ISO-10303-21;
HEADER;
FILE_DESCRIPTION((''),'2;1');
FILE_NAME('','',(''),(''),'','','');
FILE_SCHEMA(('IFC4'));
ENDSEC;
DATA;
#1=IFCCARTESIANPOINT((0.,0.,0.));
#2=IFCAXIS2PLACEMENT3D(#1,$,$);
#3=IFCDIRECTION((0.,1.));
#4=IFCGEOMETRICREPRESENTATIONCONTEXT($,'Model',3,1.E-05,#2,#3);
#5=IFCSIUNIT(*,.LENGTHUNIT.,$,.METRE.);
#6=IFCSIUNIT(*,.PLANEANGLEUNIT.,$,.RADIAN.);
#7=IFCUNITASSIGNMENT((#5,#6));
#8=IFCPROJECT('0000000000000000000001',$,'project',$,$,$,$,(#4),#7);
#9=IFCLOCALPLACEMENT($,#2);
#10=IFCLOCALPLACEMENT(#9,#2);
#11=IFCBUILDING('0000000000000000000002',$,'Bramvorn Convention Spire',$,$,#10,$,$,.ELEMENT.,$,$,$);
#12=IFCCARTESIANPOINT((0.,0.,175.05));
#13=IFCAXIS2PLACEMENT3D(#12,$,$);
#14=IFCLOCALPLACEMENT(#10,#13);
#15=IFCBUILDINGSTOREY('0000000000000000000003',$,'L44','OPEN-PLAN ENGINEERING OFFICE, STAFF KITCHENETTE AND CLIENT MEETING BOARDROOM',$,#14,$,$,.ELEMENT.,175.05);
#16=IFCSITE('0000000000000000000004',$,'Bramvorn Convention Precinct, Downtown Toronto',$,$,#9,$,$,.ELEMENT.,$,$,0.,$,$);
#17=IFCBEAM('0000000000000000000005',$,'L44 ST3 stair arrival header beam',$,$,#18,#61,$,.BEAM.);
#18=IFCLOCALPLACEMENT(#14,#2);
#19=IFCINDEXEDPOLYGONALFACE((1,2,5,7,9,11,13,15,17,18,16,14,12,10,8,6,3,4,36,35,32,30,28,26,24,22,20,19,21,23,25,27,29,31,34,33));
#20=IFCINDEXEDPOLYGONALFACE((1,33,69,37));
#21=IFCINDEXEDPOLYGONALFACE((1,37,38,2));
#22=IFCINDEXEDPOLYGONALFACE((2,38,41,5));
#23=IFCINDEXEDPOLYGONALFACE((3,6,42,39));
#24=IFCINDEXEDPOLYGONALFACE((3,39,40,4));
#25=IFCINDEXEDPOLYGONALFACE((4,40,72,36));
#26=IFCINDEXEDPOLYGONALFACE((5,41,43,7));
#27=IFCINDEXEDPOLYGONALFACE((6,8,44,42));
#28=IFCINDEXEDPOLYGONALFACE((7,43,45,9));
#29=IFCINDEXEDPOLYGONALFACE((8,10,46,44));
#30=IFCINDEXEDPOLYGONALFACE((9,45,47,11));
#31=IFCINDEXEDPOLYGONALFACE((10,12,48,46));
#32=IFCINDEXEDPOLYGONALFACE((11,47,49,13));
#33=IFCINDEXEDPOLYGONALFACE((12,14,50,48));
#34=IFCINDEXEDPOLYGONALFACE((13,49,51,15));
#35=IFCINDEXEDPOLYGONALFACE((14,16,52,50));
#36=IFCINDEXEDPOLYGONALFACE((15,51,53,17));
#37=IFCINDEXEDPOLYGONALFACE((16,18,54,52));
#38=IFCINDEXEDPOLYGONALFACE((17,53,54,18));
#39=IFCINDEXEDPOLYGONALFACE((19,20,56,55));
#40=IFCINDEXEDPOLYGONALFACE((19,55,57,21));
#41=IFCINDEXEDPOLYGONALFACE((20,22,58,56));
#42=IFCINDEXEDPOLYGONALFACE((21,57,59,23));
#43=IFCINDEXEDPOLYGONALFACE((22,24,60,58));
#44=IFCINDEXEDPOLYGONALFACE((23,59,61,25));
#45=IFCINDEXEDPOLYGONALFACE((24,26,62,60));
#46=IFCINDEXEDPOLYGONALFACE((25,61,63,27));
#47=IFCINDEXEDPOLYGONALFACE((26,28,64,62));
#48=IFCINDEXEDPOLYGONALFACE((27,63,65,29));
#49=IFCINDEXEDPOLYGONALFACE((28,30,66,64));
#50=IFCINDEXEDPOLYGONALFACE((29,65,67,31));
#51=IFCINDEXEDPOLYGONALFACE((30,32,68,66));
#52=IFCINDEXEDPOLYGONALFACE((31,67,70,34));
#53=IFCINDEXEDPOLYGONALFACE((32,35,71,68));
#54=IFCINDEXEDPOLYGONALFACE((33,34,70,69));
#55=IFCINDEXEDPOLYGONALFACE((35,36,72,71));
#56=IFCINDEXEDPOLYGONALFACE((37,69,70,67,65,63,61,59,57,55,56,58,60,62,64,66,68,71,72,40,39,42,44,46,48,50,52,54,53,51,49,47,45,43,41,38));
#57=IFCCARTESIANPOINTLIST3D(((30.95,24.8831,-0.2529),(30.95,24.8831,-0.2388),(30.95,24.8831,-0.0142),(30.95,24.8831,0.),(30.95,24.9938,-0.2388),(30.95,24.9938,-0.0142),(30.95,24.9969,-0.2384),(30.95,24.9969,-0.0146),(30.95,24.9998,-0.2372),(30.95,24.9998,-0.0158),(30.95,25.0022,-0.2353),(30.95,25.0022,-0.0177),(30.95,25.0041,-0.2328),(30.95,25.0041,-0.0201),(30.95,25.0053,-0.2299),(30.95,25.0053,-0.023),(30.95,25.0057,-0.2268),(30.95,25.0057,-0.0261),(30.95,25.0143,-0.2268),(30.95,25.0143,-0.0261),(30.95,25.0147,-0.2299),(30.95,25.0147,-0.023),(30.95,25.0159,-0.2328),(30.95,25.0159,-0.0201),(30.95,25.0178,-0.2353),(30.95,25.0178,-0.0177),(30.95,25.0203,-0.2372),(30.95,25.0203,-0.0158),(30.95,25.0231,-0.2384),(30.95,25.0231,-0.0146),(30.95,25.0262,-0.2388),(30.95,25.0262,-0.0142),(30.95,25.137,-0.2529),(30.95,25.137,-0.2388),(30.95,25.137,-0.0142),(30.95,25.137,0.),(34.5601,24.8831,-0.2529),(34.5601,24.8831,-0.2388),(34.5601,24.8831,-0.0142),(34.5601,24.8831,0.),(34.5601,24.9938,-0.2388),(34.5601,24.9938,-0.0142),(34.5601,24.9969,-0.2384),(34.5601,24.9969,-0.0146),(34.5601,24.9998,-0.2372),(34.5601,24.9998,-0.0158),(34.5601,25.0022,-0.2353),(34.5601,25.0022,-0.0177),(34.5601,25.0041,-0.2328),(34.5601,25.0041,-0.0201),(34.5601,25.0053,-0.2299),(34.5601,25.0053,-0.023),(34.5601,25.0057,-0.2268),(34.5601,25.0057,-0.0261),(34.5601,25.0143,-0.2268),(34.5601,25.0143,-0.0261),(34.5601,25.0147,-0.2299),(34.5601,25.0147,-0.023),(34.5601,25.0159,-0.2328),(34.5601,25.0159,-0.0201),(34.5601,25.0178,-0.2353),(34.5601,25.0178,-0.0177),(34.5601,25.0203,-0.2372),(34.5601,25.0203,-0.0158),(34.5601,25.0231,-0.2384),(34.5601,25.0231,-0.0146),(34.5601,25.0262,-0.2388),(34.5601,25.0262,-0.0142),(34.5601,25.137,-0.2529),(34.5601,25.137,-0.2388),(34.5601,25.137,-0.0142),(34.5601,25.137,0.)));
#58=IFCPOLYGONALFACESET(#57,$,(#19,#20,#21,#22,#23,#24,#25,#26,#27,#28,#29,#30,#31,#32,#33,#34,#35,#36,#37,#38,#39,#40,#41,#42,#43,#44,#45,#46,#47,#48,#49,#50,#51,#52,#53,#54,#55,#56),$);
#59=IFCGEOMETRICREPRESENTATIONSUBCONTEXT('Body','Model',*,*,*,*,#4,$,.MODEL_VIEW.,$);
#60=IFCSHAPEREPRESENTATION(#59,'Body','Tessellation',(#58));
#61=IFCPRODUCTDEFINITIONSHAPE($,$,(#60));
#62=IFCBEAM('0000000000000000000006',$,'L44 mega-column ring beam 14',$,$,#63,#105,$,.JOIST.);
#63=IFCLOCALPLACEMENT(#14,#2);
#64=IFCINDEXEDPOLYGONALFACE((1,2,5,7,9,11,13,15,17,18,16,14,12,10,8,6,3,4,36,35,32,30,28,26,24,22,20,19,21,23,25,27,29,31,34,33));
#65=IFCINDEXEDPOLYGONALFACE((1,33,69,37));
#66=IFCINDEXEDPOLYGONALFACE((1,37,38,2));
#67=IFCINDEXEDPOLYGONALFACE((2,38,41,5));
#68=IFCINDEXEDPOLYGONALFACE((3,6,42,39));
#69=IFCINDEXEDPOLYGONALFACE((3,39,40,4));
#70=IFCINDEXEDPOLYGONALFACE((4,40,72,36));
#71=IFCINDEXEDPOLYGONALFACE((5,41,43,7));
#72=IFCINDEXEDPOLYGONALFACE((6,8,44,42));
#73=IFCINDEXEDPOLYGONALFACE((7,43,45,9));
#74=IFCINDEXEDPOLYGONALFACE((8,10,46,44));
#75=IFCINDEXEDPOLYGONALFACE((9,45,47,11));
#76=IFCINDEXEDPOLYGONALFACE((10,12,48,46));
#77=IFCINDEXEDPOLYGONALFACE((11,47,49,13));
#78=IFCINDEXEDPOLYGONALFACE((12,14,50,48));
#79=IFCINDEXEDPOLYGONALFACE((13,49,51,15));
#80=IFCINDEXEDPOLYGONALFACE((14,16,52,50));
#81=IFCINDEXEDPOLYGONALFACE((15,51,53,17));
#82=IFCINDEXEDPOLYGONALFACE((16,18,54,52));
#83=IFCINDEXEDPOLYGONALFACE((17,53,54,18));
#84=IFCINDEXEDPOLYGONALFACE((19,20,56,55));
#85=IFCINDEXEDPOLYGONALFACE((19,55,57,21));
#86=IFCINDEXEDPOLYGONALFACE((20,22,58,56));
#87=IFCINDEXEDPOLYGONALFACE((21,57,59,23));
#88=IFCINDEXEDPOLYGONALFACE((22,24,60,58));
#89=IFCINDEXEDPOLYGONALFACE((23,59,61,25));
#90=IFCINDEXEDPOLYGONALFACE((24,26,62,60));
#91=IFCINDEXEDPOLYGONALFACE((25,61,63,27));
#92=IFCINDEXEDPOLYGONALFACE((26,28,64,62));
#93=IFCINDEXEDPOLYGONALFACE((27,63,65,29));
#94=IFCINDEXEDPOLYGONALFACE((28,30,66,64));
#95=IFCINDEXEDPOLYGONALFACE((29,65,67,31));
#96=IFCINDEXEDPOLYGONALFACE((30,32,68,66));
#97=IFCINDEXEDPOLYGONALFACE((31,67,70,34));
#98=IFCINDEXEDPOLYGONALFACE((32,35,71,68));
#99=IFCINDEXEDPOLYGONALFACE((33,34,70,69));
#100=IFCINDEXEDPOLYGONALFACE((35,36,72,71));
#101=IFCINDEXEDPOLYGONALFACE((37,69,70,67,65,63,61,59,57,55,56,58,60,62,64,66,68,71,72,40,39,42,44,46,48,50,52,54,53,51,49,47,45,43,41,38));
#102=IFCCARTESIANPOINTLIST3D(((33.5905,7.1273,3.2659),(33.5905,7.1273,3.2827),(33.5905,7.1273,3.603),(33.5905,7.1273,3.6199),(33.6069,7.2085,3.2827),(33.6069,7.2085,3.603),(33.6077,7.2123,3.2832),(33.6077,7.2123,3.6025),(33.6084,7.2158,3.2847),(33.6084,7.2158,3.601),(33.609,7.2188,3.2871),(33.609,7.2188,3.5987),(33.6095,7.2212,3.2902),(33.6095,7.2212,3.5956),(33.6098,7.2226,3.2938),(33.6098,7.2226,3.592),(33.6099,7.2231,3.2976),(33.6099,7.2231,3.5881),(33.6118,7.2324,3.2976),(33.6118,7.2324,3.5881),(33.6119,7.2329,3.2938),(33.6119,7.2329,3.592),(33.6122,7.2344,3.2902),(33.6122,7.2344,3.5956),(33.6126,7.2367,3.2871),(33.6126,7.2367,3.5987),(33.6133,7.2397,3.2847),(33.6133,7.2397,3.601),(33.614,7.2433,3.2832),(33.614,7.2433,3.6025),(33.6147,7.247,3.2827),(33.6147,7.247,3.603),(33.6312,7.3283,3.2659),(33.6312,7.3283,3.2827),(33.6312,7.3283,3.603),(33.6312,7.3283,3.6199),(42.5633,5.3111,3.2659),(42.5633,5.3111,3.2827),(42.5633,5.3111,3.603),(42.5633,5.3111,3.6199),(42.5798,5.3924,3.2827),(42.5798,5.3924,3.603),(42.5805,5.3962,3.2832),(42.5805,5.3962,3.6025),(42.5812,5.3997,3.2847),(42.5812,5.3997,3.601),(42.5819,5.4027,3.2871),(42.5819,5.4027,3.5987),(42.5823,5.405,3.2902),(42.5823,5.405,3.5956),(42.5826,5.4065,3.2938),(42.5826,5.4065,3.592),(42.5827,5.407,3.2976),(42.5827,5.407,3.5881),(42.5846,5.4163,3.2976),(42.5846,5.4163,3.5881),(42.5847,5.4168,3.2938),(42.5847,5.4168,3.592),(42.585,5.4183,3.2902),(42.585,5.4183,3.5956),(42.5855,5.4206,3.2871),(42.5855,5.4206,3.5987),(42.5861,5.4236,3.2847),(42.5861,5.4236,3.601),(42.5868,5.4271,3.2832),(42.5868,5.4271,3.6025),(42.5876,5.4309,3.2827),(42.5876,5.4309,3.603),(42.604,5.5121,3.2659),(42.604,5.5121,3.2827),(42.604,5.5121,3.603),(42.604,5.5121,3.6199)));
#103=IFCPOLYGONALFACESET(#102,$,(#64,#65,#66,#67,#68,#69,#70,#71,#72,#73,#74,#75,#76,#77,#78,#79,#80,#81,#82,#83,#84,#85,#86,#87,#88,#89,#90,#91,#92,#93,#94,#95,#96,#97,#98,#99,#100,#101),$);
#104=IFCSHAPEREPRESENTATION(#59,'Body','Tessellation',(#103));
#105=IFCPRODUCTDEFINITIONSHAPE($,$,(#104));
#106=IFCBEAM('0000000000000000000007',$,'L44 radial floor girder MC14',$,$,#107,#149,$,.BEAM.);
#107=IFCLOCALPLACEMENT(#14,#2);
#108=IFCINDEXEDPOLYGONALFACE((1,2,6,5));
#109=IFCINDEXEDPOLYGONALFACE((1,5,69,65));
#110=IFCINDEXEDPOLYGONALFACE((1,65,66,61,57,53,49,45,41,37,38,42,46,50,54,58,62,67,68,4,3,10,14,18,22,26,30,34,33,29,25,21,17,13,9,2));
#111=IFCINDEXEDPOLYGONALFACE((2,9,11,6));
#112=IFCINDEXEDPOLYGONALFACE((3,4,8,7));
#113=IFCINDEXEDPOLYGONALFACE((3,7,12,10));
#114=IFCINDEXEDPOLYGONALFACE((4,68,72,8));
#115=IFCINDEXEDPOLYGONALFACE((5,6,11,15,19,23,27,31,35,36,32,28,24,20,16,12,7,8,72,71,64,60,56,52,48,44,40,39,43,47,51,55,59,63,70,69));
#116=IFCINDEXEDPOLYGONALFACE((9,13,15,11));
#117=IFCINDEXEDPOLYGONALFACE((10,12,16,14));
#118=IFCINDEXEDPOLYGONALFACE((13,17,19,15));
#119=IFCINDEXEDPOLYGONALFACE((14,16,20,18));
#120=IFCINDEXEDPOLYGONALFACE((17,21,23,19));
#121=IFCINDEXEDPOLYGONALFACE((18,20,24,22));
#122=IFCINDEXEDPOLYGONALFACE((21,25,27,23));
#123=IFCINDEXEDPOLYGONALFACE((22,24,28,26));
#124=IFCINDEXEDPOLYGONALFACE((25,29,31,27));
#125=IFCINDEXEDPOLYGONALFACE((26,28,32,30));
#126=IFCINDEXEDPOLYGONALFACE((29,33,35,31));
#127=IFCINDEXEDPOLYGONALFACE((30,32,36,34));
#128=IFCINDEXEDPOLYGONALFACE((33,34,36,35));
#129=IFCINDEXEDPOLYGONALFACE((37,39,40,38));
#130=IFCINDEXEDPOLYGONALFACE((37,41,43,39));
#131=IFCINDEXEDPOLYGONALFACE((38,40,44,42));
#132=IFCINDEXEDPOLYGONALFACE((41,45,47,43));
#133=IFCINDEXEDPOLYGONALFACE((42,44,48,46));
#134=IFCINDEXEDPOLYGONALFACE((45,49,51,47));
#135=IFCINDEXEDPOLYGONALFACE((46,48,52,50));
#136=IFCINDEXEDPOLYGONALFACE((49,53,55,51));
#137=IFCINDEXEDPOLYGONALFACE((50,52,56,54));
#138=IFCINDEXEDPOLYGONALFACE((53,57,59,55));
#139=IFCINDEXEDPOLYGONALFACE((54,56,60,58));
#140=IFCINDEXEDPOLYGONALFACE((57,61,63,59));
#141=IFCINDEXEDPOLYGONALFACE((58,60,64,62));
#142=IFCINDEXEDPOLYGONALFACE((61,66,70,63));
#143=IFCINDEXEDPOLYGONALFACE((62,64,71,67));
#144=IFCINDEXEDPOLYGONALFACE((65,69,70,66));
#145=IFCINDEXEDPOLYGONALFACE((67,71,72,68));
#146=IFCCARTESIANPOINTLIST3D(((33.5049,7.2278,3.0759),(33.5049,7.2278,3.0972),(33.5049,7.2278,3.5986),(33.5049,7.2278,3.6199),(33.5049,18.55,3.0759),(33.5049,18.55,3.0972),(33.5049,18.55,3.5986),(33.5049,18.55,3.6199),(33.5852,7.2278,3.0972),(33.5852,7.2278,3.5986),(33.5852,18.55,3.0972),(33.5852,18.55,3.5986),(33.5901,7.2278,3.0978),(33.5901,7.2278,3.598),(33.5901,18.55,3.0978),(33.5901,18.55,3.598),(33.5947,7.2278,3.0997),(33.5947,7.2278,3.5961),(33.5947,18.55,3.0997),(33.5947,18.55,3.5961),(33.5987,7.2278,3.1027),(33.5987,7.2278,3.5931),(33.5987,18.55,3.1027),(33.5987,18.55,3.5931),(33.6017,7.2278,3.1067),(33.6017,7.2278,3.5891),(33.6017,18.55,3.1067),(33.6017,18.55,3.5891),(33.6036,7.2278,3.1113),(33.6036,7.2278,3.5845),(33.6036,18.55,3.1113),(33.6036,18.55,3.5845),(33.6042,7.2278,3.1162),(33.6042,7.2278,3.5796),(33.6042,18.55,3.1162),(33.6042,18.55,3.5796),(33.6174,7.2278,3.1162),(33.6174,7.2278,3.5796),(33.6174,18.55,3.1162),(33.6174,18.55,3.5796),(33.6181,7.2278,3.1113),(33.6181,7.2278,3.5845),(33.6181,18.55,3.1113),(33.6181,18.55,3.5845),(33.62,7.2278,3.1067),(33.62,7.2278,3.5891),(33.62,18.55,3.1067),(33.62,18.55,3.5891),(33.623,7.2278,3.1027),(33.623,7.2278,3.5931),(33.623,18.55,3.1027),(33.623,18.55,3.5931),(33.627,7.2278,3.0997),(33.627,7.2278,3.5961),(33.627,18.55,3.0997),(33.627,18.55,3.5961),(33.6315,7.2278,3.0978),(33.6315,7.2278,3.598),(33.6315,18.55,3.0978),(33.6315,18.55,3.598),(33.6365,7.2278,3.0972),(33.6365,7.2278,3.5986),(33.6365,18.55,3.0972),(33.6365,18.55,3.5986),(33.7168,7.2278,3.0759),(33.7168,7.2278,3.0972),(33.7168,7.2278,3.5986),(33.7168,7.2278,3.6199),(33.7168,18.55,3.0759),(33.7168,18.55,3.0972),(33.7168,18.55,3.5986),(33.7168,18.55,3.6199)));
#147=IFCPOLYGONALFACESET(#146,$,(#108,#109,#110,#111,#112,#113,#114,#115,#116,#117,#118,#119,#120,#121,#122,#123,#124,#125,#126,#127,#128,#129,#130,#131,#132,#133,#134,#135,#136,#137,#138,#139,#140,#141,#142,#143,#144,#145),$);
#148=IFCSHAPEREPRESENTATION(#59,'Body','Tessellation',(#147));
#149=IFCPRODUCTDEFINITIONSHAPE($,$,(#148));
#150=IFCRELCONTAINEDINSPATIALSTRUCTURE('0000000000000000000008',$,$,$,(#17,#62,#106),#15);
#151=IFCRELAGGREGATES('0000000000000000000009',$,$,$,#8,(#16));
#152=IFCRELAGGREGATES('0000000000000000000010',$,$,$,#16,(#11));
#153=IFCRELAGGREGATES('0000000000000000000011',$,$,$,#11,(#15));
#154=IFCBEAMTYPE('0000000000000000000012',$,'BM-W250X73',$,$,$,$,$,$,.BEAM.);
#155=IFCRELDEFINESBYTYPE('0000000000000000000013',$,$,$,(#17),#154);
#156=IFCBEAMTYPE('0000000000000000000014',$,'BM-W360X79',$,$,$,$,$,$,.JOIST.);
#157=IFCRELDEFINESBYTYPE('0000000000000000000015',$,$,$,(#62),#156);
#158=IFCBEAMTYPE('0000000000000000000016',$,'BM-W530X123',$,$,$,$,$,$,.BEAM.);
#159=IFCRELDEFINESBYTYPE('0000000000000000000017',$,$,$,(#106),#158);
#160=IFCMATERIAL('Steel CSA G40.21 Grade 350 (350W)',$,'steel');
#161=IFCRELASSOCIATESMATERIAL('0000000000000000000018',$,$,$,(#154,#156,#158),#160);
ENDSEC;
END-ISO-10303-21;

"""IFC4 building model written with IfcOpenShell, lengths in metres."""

from ifc_helpers import new_model, si_unit, direction, frame, origin, origin_2d, place, context, subcontext, project, spatial, i_section, extrude, material, material_profile, profile_set, type_object, element, save


model = new_model("IFC4")

# Units and contexts
model_context = context("Model", 3, precision=1e-05, world=origin(), true_north=direction((0.0, 1.0)))
body_context = subcontext(model_context, "Body", "Model", "MODEL_VIEW")
ifc_project = project(units=[si_unit("LENGTHUNIT", "METRE"), si_unit("PLANEANGLEUNIT", "RADIAN")], contexts=[model_context])

# Site, building, storey
site_placement = place(None, origin())
site = spatial("IfcSite", under=ifc_project, at=site_placement, Name="Bramvorn Convention Precinct, Downtown Toronto", CompositionType="ELEMENT", RefElevation=0.0)
building_placement = place(site_placement, origin())
building = spatial("IfcBuilding", under=site, at=building_placement, Name="Bramvorn Convention Spire", CompositionType="ELEMENT")
storey_placement = place(building_placement, frame((0.0, 0.0, 175.05)))
storey = spatial("IfcBuildingStorey", under=building, at=storey_placement, Name="L44", Description="OPEN-PLAN ENGINEERING OFFICE, STAFF KITCHENETTE AND CLIENT MEETING BOARDROOM", CompositionType="ELEMENT", Elevation=175.05)

# Shared definitions
ifc_material_1 = material(Name="Steel CSA G40.21 Grade 350 (350W)", Category="steel")

# Beams
ifc_material_profile_1 = material_profile(ifc_material_1, i_section(OverallWidth=0.2539, OverallDepth=0.2529, WebThickness=0.0085, FlangeThickness=0.0142, FilletRadius=0.012, at=origin_2d()))
ifc_profile_set_1 = profile_set([ifc_material_profile_1], Name="Steel CSA G40.21 Grade 350 (350W) - W250X73")
beam_type_1 = type_object("IfcBeamType", Name="BM-W250X73", PredefinedType="BEAM", material=ifc_profile_set_1)
beam_1_placement = place(storey_placement, frame((30.95, 25.01, -0.1265), z_axis=(1.0, 0.0, 0.0), x_axis=(0.0, 1.0, 0.0)))
element("IfcBeam", 1, at=beam_1_placement, inside=storey, type_object=beam_type_1, Name="L44 ST3 stair arrival header beam", PredefinedType="BEAM", context=body_context, shape_type="SweptSolid", body=[
    extrude(i_section(OverallWidth=0.2539, OverallDepth=0.2529, WebThickness=0.0085, FlangeThickness=0.0142, FilletRadius=0.012, at=origin_2d()), origin(), (0.0, 0.0, 1.0), 3.6101),
])
ifc_material_profile_2 = material_profile(ifc_material_1, i_section(OverallWidth=0.2051, OverallDepth=0.354, WebThickness=0.0095, FlangeThickness=0.0168, FilletRadius=0.0149, at=origin_2d()))
ifc_profile_set_2 = profile_set([ifc_material_profile_2], Name="Steel CSA G40.21 Grade 350 (350W) - W360X79")
beam_type_2 = type_object("IfcBeamType", Name="BM-W360X79", PredefinedType="JOIST", material=ifc_profile_set_2)
beam_2_placement = place(storey_placement, frame((33.6108, 7.2278, 3.4429), z_axis=(0.980125, -0.198382, 0.0), x_axis=(0.198382, 0.980125, 0.0)))
element("IfcBeam", 2, at=beam_2_placement, inside=storey, type_object=beam_type_2, Name="L44 mega-column ring beam 14", PredefinedType="JOIST", context=body_context, shape_type="SweptSolid", body=[
    extrude(i_section(OverallWidth=0.2051, OverallDepth=0.354, WebThickness=0.0095, FlangeThickness=0.0168, FilletRadius=0.0149, at=origin_2d()), origin(), (0.0, 0.0, 1.0), 9.1548),
])
ifc_material_profile_3 = material_profile(ifc_material_1, i_section(OverallWidth=0.2119, OverallDepth=0.5439, WebThickness=0.0132, FlangeThickness=0.0212, FilletRadius=0.019, at=origin_2d()))
ifc_profile_set_3 = profile_set([ifc_material_profile_3], Name="Steel CSA G40.21 Grade 350 (350W) - W530X123")
beam_type_3 = type_object("IfcBeamType", Name="BM-W530X123", PredefinedType="BEAM", material=ifc_profile_set_3)
beam_3_placement = place(storey_placement, frame((33.6108, 18.55, 3.3479), z_axis=(0.0, -1.0, 0.0), x_axis=(1.0, 0.0, 0.0)))
element("IfcBeam", 3, at=beam_3_placement, inside=storey, type_object=beam_type_3, Name="L44 radial floor girder MC14", PredefinedType="BEAM", context=body_context, shape_type="SweptSolid", body=[
    extrude(i_section(OverallWidth=0.2119, OverallDepth=0.5439, WebThickness=0.0132, FlangeThickness=0.0212, FilletRadius=0.019, at=origin_2d()), origin(), (0.0, 0.0, 1.0), 11.3223),
])

save(model, "model.ifc")
